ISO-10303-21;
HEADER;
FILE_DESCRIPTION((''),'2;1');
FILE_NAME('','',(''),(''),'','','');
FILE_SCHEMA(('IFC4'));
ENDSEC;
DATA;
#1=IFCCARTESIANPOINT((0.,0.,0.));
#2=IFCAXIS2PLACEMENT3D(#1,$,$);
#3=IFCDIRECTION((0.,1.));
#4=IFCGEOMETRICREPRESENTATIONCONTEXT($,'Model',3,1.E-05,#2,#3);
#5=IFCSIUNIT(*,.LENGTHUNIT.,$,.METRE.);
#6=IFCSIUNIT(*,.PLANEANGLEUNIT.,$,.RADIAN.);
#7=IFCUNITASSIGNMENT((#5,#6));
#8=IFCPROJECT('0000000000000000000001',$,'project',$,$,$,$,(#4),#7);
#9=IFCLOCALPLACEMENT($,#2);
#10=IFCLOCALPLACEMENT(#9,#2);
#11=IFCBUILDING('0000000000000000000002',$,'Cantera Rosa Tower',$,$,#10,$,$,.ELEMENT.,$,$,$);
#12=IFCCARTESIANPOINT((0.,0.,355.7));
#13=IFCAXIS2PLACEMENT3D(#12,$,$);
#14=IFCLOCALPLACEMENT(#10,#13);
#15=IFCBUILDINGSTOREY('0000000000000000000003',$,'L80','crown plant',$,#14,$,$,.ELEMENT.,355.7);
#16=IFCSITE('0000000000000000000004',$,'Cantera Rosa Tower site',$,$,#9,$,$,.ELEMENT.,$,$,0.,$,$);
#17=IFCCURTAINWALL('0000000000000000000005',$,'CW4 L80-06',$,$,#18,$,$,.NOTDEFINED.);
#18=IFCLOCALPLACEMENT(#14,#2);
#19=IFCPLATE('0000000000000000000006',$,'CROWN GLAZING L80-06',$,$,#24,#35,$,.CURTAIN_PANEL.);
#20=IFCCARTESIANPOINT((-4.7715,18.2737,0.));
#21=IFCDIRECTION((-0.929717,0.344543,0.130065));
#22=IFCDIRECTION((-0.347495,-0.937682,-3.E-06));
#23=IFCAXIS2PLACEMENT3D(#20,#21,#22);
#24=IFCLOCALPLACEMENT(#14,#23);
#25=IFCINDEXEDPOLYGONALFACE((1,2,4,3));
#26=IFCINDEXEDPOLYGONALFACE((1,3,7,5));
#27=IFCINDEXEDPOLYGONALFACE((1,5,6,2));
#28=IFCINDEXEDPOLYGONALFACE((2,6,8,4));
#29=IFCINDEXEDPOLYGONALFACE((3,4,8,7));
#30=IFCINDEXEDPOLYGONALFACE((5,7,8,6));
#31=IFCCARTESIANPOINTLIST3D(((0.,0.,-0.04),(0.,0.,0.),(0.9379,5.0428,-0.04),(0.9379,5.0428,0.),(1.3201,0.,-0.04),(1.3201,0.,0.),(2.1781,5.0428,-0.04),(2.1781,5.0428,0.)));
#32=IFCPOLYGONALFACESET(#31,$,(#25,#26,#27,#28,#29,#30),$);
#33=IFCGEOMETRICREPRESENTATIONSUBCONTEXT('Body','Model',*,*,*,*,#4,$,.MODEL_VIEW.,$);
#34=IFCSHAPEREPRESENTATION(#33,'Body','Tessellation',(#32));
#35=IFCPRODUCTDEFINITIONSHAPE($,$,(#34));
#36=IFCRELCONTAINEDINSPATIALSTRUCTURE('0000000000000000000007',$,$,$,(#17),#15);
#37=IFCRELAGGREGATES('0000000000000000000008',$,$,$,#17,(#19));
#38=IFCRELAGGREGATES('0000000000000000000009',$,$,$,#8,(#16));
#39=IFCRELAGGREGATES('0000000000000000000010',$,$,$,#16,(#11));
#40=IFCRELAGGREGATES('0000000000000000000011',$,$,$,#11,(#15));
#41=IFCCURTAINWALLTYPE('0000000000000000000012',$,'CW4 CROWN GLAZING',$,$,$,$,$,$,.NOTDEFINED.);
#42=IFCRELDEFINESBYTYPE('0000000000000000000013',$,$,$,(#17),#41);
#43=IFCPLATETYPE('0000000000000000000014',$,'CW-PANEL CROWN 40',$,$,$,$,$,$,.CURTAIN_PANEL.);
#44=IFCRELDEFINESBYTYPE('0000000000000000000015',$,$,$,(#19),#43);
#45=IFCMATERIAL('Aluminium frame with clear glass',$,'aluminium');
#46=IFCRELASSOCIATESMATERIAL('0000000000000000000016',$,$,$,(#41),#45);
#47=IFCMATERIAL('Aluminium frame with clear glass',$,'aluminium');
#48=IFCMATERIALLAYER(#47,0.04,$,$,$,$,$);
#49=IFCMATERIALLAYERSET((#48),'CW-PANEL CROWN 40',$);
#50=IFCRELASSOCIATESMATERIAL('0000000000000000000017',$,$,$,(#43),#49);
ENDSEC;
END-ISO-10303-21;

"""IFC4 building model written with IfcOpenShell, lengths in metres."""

from ifc_helpers import new_model, si_unit, direction, frame, origin, place, context, subcontext, project, spatial, polyline, outline, extrude, material, layer, layer_set, type_object, element, aggregate, save


model = new_model("IFC4")

# Units and contexts
model_context = context("Model", 3, precision=1e-05, world=origin(), true_north=direction((0.0, 1.0)))
body_context = subcontext(model_context, "Body", "Model", "MODEL_VIEW")
ifc_project = project(units=[si_unit("LENGTHUNIT", "METRE"), si_unit("PLANEANGLEUNIT", "RADIAN")], contexts=[model_context])

# Site, building, storey
site_placement = place(None, origin())
site = spatial("IfcSite", under=ifc_project, at=site_placement, Name="Cantera Rosa Tower site", CompositionType="ELEMENT", RefElevation=0.0)
building_placement = place(site_placement, origin())
building = spatial("IfcBuilding", under=site, at=building_placement, Name="Cantera Rosa Tower", CompositionType="ELEMENT")
storey_placement = place(building_placement, frame((0.0, 0.0, 355.7)))
storey = spatial("IfcBuildingStorey", under=building, at=storey_placement, Name="L80", Description="crown plant", CompositionType="ELEMENT", Elevation=355.7)

# Curtain wall
ifc_material_1 = material(Name="Aluminium frame with clear glass", Category="aluminium")
curtain_wall_type = type_object("IfcCurtainWallType", Name="CW4 CROWN GLAZING", PredefinedType="NOTDEFINED", material=ifc_material_1)
curtain_wall_1_placement = place(storey_placement, origin())
curtain_wall_1 = element("IfcCurtainWall", 1, at=curtain_wall_1_placement, inside=storey, type_object=curtain_wall_type, Name="CW4 L80-06", PredefinedType="NOTDEFINED")

# Plate
ifc_material_2 = material(Name="Aluminium frame with clear glass", Category="aluminium")
ifc_layer_1 = layer(ifc_material_2, 0.04)
ifc_layer_set_1 = layer_set([ifc_layer_1], Name="CW-PANEL CROWN 40")
plate_type = type_object("IfcPlateType", Name="CW-PANEL CROWN 40", PredefinedType="CURTAIN_PANEL", material=ifc_layer_set_1)
plate_1_placement = place(storey_placement, frame((-4.7715, 18.2737, 0.0), z_axis=(-0.929717, 0.344543, 0.130065), x_axis=(-0.347495, -0.937682, -0.000003)))
plate_1 = element("IfcPlate", 2, at=plate_1_placement, type_object=plate_type, Name="CROWN GLAZING L80-06", PredefinedType="CURTAIN_PANEL", context=body_context, shape_type="SweptSolid", body=[
    extrude(outline(polyline([(0.0, 0.0), (1.3201, 0.0), (2.1781, 5.0428), (0.9379, 5.0428), (0.0, 0.0)])), origin(), (0.0, 0.0, -1.0), 0.04),
])

aggregate(curtain_wall_1, [plate_1])

save(model, "model.ifc")
